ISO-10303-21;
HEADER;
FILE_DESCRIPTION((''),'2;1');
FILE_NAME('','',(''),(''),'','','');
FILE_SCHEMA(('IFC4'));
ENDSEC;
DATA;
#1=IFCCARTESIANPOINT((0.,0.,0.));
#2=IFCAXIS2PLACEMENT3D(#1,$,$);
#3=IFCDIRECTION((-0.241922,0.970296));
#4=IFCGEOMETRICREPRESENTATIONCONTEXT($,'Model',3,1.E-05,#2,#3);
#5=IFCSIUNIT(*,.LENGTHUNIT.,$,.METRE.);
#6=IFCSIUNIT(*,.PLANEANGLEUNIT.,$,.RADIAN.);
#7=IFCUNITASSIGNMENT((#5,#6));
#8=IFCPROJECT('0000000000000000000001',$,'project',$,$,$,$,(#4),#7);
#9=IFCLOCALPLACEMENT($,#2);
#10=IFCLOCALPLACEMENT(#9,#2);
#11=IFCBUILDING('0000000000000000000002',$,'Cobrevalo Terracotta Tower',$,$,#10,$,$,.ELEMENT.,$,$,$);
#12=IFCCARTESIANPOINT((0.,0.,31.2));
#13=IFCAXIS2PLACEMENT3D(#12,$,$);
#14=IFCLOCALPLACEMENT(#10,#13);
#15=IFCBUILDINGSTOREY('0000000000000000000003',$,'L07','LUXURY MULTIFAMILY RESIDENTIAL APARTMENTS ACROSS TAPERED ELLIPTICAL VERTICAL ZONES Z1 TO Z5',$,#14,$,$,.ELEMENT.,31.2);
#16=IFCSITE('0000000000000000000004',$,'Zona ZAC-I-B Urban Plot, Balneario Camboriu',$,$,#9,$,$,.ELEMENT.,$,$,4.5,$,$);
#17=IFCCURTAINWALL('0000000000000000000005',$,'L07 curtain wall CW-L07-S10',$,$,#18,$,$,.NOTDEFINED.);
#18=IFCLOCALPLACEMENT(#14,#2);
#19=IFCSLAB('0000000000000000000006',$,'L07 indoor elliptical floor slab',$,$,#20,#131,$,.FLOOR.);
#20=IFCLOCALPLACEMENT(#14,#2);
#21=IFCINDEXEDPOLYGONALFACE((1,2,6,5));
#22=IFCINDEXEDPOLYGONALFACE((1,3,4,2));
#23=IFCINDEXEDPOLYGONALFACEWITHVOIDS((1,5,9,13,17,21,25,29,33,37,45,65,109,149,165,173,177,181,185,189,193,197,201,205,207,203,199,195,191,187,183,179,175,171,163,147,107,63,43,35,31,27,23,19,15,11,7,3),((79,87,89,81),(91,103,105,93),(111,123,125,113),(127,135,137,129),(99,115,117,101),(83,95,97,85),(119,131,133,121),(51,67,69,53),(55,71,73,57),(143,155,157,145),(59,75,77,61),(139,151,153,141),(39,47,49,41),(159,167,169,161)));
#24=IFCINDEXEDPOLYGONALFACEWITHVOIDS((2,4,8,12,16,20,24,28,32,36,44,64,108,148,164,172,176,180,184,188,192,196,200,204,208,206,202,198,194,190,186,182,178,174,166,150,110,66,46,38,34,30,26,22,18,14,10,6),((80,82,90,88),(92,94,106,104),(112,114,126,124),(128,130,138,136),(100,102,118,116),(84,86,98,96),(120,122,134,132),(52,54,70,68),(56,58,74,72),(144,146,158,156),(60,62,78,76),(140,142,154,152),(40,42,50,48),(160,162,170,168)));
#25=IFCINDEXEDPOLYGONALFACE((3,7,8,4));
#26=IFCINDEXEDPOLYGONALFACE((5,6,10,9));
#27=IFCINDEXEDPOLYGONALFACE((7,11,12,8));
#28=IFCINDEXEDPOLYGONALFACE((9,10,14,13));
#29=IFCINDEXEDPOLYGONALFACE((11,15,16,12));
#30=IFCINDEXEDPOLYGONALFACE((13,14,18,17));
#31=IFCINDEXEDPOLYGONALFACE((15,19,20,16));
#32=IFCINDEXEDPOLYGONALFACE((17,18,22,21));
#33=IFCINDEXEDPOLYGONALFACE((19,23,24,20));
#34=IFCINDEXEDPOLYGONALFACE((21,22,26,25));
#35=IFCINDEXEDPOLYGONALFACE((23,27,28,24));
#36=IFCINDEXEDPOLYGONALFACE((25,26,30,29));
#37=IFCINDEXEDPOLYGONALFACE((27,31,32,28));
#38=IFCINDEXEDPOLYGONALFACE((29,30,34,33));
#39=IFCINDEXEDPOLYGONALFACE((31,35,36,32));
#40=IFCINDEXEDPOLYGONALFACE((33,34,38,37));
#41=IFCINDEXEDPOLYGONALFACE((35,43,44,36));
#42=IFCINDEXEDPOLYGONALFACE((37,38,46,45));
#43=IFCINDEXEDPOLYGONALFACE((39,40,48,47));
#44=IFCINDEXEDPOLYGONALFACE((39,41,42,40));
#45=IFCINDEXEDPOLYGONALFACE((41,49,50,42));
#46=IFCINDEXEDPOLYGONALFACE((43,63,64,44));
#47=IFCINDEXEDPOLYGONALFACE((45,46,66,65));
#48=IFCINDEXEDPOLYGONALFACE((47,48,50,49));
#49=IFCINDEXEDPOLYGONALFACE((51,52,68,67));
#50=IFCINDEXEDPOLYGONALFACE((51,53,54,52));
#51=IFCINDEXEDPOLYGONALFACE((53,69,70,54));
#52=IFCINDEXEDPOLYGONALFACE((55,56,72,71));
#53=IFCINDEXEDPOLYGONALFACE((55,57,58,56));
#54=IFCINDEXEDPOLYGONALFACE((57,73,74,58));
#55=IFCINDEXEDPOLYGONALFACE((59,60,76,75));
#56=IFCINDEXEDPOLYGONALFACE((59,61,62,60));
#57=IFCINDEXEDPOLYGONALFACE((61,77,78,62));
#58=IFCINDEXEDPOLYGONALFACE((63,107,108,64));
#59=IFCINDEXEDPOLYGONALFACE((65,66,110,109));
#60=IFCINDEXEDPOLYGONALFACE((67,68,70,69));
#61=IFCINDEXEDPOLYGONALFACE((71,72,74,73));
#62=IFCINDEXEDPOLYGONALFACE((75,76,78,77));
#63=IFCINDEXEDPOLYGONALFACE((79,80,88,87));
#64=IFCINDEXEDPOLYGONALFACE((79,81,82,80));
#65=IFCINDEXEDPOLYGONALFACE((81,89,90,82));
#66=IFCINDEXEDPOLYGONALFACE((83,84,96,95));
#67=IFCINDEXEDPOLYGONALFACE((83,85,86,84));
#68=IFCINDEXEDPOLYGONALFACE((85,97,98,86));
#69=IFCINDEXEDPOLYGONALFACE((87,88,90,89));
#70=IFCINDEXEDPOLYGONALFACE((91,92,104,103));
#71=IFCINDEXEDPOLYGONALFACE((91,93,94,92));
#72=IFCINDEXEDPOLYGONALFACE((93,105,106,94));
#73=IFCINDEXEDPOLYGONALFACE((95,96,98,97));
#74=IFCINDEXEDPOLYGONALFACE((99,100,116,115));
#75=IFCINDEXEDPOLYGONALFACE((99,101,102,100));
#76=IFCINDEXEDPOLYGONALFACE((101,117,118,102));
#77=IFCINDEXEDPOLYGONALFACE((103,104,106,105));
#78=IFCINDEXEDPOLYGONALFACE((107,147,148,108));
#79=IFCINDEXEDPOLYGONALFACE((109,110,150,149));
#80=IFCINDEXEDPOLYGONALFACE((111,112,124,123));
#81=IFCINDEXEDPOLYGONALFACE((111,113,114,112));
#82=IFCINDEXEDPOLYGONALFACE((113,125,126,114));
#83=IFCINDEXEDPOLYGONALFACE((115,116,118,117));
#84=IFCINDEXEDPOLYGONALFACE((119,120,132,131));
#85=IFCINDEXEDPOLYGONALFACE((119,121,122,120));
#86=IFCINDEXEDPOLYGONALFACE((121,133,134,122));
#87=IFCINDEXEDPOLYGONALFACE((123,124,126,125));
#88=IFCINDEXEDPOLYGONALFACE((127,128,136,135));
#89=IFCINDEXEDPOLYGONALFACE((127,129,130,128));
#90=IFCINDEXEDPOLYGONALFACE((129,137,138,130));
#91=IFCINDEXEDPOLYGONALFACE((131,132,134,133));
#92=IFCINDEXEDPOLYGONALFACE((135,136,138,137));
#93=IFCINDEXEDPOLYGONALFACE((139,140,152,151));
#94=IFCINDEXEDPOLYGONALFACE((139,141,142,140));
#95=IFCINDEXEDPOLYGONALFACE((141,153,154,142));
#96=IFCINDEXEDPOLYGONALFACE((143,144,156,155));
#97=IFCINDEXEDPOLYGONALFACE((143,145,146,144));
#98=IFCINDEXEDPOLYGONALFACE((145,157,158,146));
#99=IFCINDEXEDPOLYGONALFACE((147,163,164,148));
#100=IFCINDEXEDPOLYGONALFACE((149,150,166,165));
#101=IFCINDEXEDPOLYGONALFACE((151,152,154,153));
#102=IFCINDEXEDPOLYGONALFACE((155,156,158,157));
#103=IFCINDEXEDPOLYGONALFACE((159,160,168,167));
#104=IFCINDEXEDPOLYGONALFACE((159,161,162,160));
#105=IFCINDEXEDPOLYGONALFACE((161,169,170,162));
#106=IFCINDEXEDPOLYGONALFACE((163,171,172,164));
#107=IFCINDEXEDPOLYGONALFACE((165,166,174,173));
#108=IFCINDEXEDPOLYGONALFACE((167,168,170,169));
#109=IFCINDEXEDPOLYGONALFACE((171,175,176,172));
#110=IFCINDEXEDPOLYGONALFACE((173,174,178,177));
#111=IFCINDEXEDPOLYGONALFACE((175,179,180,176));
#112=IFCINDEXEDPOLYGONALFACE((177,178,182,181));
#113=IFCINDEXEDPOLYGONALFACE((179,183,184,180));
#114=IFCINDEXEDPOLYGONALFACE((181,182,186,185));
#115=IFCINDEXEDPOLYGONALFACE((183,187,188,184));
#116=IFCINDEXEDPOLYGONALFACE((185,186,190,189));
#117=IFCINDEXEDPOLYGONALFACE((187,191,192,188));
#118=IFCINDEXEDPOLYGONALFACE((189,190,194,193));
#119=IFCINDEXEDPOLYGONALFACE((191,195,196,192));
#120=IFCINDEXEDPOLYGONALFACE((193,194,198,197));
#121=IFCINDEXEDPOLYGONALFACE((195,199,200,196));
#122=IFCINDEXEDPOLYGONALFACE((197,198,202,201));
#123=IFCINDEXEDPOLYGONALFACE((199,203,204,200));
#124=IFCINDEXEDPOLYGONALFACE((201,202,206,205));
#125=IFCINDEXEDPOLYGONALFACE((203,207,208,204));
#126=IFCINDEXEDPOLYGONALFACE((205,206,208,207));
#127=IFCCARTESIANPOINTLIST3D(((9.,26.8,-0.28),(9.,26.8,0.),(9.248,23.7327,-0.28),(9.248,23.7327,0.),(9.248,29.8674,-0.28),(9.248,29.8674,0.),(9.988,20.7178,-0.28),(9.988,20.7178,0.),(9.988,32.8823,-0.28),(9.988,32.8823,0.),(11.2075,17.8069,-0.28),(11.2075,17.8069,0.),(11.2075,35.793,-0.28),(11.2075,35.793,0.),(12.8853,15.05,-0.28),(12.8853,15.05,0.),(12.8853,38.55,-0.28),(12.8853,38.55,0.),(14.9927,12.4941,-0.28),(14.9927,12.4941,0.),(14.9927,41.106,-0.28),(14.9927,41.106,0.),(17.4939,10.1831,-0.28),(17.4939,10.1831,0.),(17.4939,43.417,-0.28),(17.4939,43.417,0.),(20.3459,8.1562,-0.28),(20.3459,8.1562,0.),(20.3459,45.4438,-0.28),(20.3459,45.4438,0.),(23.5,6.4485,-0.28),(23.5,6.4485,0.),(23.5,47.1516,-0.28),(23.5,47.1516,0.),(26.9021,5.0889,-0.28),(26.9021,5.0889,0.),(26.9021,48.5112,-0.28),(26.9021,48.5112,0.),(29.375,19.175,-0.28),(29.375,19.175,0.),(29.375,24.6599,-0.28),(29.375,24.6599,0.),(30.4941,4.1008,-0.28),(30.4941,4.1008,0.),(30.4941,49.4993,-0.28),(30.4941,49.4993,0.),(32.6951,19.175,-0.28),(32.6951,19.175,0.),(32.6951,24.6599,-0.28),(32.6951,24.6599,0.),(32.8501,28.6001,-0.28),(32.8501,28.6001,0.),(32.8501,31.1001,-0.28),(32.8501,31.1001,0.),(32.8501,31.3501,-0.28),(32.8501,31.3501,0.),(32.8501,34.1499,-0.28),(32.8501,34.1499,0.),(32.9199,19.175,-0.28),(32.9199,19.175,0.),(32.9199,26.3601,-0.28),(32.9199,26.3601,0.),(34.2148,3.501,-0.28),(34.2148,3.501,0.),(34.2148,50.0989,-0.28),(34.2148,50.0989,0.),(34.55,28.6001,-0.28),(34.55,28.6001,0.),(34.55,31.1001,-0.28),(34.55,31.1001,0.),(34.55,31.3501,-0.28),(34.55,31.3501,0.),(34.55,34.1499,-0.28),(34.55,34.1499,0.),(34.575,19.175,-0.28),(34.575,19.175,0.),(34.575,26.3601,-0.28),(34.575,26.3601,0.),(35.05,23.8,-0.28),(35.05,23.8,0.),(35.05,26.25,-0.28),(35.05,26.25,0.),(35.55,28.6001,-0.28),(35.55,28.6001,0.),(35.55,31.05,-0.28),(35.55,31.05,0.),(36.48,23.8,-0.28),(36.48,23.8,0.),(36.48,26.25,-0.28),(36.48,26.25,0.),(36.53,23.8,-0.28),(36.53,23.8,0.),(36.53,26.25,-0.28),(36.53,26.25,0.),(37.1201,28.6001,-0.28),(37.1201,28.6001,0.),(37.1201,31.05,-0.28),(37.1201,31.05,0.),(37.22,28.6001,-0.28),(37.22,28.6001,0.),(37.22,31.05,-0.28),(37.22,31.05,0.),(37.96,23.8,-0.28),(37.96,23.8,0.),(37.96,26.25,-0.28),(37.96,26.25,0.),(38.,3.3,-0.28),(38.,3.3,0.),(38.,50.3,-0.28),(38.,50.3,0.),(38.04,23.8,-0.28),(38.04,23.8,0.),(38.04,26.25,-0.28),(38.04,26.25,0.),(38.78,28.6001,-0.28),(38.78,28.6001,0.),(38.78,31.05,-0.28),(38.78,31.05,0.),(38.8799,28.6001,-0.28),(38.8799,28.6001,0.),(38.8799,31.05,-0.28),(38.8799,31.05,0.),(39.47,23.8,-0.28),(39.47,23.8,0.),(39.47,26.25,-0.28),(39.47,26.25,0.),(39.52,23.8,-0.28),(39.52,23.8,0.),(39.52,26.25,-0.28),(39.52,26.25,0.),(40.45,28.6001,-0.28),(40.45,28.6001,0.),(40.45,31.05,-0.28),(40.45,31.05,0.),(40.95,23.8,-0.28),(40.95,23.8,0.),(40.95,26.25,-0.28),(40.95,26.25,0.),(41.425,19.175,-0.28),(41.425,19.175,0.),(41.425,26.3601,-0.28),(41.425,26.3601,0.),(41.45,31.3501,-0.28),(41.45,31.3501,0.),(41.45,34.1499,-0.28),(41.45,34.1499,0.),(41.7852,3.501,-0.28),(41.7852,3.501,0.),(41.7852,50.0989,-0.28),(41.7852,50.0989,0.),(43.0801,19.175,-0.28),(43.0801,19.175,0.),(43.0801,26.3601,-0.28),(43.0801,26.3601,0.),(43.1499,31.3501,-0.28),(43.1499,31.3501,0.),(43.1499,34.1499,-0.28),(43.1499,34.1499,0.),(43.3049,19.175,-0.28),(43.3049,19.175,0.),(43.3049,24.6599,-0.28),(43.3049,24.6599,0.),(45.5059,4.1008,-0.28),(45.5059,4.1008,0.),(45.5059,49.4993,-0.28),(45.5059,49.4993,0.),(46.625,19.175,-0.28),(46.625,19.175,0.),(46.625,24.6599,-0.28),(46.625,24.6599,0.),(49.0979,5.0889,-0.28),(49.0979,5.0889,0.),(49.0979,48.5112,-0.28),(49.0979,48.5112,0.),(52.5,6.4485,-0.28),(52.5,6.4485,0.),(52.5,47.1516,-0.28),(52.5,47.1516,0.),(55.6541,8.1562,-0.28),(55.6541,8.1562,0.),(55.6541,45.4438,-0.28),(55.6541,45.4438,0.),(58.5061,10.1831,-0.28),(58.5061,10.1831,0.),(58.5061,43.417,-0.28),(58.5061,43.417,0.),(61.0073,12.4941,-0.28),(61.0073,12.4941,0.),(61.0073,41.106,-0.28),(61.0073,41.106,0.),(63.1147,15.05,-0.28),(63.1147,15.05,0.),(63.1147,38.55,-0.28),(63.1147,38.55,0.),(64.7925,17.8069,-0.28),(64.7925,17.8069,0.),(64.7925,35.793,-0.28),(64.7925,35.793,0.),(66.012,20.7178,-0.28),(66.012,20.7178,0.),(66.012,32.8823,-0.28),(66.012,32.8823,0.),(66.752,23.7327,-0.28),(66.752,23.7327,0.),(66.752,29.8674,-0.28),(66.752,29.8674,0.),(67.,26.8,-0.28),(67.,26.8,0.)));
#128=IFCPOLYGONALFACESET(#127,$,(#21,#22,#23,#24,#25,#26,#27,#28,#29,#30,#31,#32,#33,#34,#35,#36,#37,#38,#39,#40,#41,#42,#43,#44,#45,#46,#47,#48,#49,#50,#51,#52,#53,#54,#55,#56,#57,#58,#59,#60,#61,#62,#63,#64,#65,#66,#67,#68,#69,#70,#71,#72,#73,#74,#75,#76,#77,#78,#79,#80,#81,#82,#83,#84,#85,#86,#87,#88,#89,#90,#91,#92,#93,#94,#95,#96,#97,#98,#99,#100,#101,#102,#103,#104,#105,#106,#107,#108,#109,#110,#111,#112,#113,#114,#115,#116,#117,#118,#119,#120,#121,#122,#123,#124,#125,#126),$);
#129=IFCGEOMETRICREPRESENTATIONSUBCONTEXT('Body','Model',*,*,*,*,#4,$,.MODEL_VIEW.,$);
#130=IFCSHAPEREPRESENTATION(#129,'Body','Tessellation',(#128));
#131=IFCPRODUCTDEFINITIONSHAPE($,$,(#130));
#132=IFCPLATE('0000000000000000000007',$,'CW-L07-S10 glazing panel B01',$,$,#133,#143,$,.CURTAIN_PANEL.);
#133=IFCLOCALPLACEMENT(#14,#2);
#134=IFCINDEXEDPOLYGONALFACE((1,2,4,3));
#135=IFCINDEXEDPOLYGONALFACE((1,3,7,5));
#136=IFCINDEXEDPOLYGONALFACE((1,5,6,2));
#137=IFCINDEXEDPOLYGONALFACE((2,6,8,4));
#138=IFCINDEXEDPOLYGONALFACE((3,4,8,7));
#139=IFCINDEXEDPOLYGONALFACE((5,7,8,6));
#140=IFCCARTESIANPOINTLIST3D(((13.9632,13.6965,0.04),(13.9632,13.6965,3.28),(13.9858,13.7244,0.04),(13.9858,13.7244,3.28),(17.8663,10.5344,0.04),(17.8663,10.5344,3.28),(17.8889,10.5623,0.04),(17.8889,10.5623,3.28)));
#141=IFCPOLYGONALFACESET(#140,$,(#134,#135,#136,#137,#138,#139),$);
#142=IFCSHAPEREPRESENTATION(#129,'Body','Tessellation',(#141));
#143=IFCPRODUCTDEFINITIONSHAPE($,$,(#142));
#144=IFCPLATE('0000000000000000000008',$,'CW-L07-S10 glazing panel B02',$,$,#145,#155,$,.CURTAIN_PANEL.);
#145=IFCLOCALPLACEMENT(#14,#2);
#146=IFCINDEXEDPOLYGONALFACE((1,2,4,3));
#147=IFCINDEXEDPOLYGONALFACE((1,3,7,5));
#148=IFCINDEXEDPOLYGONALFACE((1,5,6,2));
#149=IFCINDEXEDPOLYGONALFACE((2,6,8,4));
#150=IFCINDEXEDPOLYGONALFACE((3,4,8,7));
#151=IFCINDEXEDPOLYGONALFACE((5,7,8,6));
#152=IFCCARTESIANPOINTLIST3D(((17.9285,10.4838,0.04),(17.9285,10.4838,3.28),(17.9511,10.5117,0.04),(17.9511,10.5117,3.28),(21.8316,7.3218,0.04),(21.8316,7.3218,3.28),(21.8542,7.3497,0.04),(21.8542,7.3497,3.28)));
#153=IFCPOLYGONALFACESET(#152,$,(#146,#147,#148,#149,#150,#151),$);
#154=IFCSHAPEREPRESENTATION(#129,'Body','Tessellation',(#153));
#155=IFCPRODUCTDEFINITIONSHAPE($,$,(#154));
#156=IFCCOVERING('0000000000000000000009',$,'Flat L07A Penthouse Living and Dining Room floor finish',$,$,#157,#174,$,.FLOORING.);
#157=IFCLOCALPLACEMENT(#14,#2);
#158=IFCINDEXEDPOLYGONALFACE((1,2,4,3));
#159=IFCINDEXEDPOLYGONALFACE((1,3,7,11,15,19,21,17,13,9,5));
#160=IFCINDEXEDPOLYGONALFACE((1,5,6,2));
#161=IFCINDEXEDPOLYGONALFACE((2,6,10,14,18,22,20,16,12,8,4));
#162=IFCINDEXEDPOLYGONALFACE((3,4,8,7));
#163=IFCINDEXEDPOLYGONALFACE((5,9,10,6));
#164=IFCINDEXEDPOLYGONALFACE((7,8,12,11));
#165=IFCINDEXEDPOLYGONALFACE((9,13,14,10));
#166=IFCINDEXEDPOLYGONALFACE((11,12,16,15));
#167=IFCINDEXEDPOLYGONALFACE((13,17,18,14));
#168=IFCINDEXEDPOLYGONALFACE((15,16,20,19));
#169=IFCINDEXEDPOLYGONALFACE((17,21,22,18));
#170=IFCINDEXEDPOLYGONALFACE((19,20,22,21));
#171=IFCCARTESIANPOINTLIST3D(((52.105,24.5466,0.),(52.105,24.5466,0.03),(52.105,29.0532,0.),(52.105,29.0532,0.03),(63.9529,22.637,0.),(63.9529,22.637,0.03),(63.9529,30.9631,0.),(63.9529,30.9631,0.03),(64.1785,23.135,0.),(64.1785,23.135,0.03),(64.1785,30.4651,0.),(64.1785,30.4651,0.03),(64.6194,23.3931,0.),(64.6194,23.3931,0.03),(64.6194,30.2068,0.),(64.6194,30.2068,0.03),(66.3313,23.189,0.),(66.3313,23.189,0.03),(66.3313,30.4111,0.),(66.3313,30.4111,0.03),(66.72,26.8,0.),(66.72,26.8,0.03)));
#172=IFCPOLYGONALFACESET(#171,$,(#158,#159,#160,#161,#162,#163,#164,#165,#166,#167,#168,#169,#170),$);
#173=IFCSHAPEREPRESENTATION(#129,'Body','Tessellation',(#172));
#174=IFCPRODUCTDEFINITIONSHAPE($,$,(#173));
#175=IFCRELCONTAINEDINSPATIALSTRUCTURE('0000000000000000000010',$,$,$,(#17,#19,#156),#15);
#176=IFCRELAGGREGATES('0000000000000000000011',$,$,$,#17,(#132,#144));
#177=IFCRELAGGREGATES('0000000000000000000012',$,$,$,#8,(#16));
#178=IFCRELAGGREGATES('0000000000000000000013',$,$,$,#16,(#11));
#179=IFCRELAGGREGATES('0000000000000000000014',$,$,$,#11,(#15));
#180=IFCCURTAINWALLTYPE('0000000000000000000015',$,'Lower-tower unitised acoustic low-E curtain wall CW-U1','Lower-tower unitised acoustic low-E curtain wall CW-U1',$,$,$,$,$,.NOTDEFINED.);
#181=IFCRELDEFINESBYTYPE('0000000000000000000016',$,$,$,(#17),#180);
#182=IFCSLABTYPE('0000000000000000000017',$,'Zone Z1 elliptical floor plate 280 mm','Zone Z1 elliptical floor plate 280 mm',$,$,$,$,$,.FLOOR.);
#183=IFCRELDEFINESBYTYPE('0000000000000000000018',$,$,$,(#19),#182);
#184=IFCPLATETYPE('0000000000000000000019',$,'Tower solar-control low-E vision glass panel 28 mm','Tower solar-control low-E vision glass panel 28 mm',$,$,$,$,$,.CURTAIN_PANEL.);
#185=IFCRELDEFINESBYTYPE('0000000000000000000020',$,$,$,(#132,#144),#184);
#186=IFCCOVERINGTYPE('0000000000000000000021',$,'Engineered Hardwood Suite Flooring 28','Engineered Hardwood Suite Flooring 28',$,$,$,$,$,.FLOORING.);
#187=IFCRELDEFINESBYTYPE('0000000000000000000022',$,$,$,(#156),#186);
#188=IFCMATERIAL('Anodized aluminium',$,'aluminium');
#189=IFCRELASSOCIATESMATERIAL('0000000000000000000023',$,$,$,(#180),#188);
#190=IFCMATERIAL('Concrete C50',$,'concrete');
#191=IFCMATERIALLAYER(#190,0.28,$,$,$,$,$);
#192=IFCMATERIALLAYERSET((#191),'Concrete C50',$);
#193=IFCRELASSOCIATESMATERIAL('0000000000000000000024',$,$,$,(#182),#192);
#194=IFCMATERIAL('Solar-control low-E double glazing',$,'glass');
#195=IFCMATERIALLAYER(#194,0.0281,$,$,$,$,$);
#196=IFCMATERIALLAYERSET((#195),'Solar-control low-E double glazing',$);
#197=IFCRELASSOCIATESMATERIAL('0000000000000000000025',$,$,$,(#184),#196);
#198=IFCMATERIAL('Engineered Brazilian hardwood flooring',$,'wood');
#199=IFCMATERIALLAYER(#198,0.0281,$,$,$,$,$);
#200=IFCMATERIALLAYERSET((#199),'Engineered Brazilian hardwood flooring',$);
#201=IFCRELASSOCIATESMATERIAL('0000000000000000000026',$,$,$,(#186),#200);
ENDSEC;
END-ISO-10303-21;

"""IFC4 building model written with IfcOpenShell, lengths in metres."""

from ifc_helpers import new_model, si_unit, direction, frame, origin, origin_2d, place, context, subcontext, project, spatial, polyline, rectangle, outline, extrude, source, transform, mapped, material, layer, layer_set, type_object, element, aggregate, save


model = new_model("IFC4")

# Units and contexts
model_context = context("Model", 3, precision=1e-05, world=origin(), true_north=direction((-0.241922, 0.970296)))
body_context = subcontext(model_context, "Body", "Model", "MODEL_VIEW")
ifc_project = project(units=[si_unit("LENGTHUNIT", "METRE"), si_unit("PLANEANGLEUNIT", "RADIAN")], contexts=[model_context])

# Site, building, storey
site_placement = place(None, origin())
site = spatial("IfcSite", under=ifc_project, at=site_placement, Name="Zona ZAC-I-B Urban Plot, Balneario Camboriu", CompositionType="ELEMENT", RefElevation=4.5)
building_placement = place(site_placement, origin())
building = spatial("IfcBuilding", under=site, at=building_placement, Name="Cobrevalo Terracotta Tower", CompositionType="ELEMENT")
storey_placement = place(building_placement, frame((0.0, 0.0, 31.2)))
storey = spatial("IfcBuildingStorey", under=building, at=storey_placement, Name="L07", Description="LUXURY MULTIFAMILY RESIDENTIAL APARTMENTS ACROSS TAPERED ELLIPTICAL VERTICAL ZONES Z1 TO Z5", CompositionType="ELEMENT", Elevation=31.2)

# Curtain wall
ifc_material_1 = material(Name="Anodized aluminium", Category="aluminium")
curtain_wall_type = type_object("IfcCurtainWallType", Name="Lower-tower unitised acoustic low-E curtain wall CW-U1", Description="Lower-tower unitised acoustic low-E curtain wall CW-U1", PredefinedType="NOTDEFINED", material=ifc_material_1)
curtain_wall_1_placement = place(storey_placement, origin())
curtain_wall_1 = element("IfcCurtainWall", 1, at=curtain_wall_1_placement, inside=storey, type_object=curtain_wall_type, Name="L07 curtain wall CW-L07-S10", PredefinedType="NOTDEFINED")

# Shared definitions
ifc_material_2 = material(Name="Concrete C50", Category="concrete")

# Slab
ifc_layer_1 = layer(ifc_material_2, 0.28)
ifc_layer_set_1 = layer_set([ifc_layer_1], Name="Concrete C50")
slab_type_1 = type_object("IfcSlabType", Name="Zone Z1 elliptical floor plate 280 mm", Description="Zone Z1 elliptical floor plate 280 mm", PredefinedType="FLOOR", material=ifc_layer_set_1)
slab_1_placement = place(storey_placement, frame((0.0, 0.0, -0.28)))
element("IfcSlab", 2, at=slab_1_placement, inside=storey, type_object=slab_type_1, Name="L07 indoor elliptical floor slab", PredefinedType="FLOOR", context=body_context, shape_type="SweptSolid", body=[
    extrude(outline(polyline([(66.752, 23.7327), (66.012, 20.7178), (64.7925, 17.8069), (63.1147, 15.05), (61.0073, 12.4941), (58.5061, 10.1831), (55.6541, 8.1562), (52.5, 6.4485), (49.0979, 5.0889), (45.5059, 4.1008), (41.7852, 3.501), (38.0, 3.3), (34.2148, 3.501), (30.4941, 4.1008), (26.9021, 5.0889), (23.5, 6.4485), (20.3459, 8.1562), (17.4939, 10.1831), (14.9927, 12.4941), (12.8853, 15.05), (11.2075, 17.8069), (9.988, 20.7178), (9.248, 23.7327), (9.0, 26.8), (9.248, 29.8674), (9.988, 32.8823), (11.2075, 35.793), (12.8853, 38.55), (14.9927, 41.106), (17.4939, 43.417), (20.3459, 45.4438), (23.5, 47.1516), (26.9021, 48.5112), (30.4941, 49.4993), (34.2148, 50.0989), (38.0, 50.3), (41.7852, 50.0989), (45.5059, 49.4993), (49.0979, 48.5112), (52.5, 47.1516), (55.6541, 45.4438), (58.5061, 43.417), (61.0073, 41.106), (63.1147, 38.55), (64.7925, 35.793), (66.012, 32.8823), (66.752, 29.8674), (67.0, 26.8), (66.752, 23.7327)]), holes=[polyline([(32.6951, 19.175), (32.6951, 24.6599), (29.375, 24.6599), (29.375, 19.175), (32.6951, 19.175)]), polyline([(34.575, 19.175), (34.575, 26.3601), (32.9199, 26.3601), (32.9199, 19.175), (34.575, 19.175)]), polyline([(36.48, 23.8), (36.48, 26.25), (35.05, 26.25), (35.05, 23.8), (36.48, 23.8)]), polyline([(37.96, 23.8), (37.96, 26.25), (36.53, 26.25), (36.53, 23.8), (37.96, 23.8)]), polyline([(37.1201, 28.6001), (37.1201, 31.05), (35.55, 31.05), (35.55, 28.6001), (37.1201, 28.6001)]), polyline([(34.55, 28.6001), (34.55, 31.1001), (32.8501, 31.1001), (32.8501, 28.6001), (34.55, 28.6001)]), polyline([(34.55, 31.3501), (34.55, 34.1499), (32.8501, 34.1499), (32.8501, 31.3501), (34.55, 31.3501)]), polyline([(46.625, 19.175), (46.625, 24.6599), (43.3049, 24.6599), (43.3049, 19.175), (46.625, 19.175)]), polyline([(43.0801, 19.175), (43.0801, 26.3601), (41.425, 26.3601), (41.425, 19.175), (43.0801, 19.175)]), polyline([(39.47, 23.8), (39.47, 26.25), (38.04, 26.25), (38.04, 23.8), (39.47, 23.8)]), polyline([(40.95, 23.8), (40.95, 26.25), (39.52, 26.25), (39.52, 23.8), (40.95, 23.8)]), polyline([(38.78, 28.6001), (38.78, 31.05), (37.22, 31.05), (37.22, 28.6001), (38.78, 28.6001)]), polyline([(40.45, 28.6001), (40.45, 31.05), (38.8799, 31.05), (38.8799, 28.6001), (40.45, 28.6001)]), polyline([(43.1499, 31.3501), (43.1499, 34.1499), (41.45, 34.1499), (41.45, 31.3501), (43.1499, 31.3501)])]), origin(), (0.0, 0.0, 1.0), 0.28),
])

# Plates
ifc_material_3 = material(Name="Solar-control low-E double glazing", Category="glass")
ifc_layer_2 = layer(ifc_material_3, 0.0281)
ifc_layer_set_2 = layer_set([ifc_layer_2], Name="Solar-control low-E double glazing")
plate_type = type_object("IfcPlateType", Name="Tower solar-control low-E vision glass panel 28 mm", Description="Tower solar-control low-E vision glass panel 28 mm", PredefinedType="CURTAIN_PANEL", material=ifc_layer_set_2)
shared_shape_1 = source(origin(), body_context, "Body", "SweptSolid", [
    extrude(rectangle(XDim=5.0232, YDim=0.0359, at=origin_2d()), origin(), (0.0, 0.0, 1.0), 3.24),
])
plate_1_placement = place(storey_placement, frame((15.926, 12.1294, 0.04), z_axis=(0.0, 0.0, 1.0), x_axis=(0.777008, -0.629491, 0.0)))
plate_1 = element("IfcPlate", 3, at=plate_1_placement, type_object=plate_type, Name="CW-L07-S10 glazing panel B01", PredefinedType="CURTAIN_PANEL", context=body_context, shape_type="MappedRepresentation", body=[
    mapped(shared_shape_1, transform((0.0, 0.0, 0.0), scale=1.0)),
])
plate_2_placement = place(storey_placement, frame((19.8914, 8.9167, 0.04), z_axis=(0.0, 0.0, 1.0), x_axis=(0.777008, -0.629491, 0.0)))
plate_2 = element("IfcPlate", 4, at=plate_2_placement, type_object=plate_type, Name="CW-L07-S10 glazing panel B02", PredefinedType="CURTAIN_PANEL", context=body_context, shape_type="MappedRepresentation", body=[
    mapped(shared_shape_1, transform((0.0, 0.0, 0.0), scale=1.0)),
])
aggregate(curtain_wall_1, [plate_1, plate_2])

# Covering
ifc_material_4 = material(Name="Engineered Brazilian hardwood flooring", Category="wood")
ifc_layer_3 = layer(ifc_material_4, 0.0281)
ifc_layer_set_3 = layer_set([ifc_layer_3], Name="Engineered Brazilian hardwood flooring")
covering_type_1 = type_object("IfcCoveringType", Name="Engineered Hardwood Suite Flooring 28", Description="Engineered Hardwood Suite Flooring 28", PredefinedType="FLOORING", material=ifc_layer_set_3)
covering_1_placement = place(storey_placement, origin())
element("IfcCovering", 5, at=covering_1_placement, inside=storey, type_object=covering_type_1, Name="Flat L07A Penthouse Living and Dining Room floor finish", PredefinedType="FLOORING", context=body_context, shape_type="SweptSolid", body=[
    extrude(outline(polyline([(63.9529, 30.9631), (64.1785, 30.4651), (64.6194, 30.2068), (66.3313, 30.4111), (66.72, 26.8), (66.3313, 23.189), (64.6194, 23.3931), (64.1785, 23.135), (63.9529, 22.637), (52.105, 24.5466), (52.105, 29.0532), (63.9529, 30.9631)])), origin(), (0.0, 0.0, 1.0), 0.03),
])

save(model, "model.ifc")
